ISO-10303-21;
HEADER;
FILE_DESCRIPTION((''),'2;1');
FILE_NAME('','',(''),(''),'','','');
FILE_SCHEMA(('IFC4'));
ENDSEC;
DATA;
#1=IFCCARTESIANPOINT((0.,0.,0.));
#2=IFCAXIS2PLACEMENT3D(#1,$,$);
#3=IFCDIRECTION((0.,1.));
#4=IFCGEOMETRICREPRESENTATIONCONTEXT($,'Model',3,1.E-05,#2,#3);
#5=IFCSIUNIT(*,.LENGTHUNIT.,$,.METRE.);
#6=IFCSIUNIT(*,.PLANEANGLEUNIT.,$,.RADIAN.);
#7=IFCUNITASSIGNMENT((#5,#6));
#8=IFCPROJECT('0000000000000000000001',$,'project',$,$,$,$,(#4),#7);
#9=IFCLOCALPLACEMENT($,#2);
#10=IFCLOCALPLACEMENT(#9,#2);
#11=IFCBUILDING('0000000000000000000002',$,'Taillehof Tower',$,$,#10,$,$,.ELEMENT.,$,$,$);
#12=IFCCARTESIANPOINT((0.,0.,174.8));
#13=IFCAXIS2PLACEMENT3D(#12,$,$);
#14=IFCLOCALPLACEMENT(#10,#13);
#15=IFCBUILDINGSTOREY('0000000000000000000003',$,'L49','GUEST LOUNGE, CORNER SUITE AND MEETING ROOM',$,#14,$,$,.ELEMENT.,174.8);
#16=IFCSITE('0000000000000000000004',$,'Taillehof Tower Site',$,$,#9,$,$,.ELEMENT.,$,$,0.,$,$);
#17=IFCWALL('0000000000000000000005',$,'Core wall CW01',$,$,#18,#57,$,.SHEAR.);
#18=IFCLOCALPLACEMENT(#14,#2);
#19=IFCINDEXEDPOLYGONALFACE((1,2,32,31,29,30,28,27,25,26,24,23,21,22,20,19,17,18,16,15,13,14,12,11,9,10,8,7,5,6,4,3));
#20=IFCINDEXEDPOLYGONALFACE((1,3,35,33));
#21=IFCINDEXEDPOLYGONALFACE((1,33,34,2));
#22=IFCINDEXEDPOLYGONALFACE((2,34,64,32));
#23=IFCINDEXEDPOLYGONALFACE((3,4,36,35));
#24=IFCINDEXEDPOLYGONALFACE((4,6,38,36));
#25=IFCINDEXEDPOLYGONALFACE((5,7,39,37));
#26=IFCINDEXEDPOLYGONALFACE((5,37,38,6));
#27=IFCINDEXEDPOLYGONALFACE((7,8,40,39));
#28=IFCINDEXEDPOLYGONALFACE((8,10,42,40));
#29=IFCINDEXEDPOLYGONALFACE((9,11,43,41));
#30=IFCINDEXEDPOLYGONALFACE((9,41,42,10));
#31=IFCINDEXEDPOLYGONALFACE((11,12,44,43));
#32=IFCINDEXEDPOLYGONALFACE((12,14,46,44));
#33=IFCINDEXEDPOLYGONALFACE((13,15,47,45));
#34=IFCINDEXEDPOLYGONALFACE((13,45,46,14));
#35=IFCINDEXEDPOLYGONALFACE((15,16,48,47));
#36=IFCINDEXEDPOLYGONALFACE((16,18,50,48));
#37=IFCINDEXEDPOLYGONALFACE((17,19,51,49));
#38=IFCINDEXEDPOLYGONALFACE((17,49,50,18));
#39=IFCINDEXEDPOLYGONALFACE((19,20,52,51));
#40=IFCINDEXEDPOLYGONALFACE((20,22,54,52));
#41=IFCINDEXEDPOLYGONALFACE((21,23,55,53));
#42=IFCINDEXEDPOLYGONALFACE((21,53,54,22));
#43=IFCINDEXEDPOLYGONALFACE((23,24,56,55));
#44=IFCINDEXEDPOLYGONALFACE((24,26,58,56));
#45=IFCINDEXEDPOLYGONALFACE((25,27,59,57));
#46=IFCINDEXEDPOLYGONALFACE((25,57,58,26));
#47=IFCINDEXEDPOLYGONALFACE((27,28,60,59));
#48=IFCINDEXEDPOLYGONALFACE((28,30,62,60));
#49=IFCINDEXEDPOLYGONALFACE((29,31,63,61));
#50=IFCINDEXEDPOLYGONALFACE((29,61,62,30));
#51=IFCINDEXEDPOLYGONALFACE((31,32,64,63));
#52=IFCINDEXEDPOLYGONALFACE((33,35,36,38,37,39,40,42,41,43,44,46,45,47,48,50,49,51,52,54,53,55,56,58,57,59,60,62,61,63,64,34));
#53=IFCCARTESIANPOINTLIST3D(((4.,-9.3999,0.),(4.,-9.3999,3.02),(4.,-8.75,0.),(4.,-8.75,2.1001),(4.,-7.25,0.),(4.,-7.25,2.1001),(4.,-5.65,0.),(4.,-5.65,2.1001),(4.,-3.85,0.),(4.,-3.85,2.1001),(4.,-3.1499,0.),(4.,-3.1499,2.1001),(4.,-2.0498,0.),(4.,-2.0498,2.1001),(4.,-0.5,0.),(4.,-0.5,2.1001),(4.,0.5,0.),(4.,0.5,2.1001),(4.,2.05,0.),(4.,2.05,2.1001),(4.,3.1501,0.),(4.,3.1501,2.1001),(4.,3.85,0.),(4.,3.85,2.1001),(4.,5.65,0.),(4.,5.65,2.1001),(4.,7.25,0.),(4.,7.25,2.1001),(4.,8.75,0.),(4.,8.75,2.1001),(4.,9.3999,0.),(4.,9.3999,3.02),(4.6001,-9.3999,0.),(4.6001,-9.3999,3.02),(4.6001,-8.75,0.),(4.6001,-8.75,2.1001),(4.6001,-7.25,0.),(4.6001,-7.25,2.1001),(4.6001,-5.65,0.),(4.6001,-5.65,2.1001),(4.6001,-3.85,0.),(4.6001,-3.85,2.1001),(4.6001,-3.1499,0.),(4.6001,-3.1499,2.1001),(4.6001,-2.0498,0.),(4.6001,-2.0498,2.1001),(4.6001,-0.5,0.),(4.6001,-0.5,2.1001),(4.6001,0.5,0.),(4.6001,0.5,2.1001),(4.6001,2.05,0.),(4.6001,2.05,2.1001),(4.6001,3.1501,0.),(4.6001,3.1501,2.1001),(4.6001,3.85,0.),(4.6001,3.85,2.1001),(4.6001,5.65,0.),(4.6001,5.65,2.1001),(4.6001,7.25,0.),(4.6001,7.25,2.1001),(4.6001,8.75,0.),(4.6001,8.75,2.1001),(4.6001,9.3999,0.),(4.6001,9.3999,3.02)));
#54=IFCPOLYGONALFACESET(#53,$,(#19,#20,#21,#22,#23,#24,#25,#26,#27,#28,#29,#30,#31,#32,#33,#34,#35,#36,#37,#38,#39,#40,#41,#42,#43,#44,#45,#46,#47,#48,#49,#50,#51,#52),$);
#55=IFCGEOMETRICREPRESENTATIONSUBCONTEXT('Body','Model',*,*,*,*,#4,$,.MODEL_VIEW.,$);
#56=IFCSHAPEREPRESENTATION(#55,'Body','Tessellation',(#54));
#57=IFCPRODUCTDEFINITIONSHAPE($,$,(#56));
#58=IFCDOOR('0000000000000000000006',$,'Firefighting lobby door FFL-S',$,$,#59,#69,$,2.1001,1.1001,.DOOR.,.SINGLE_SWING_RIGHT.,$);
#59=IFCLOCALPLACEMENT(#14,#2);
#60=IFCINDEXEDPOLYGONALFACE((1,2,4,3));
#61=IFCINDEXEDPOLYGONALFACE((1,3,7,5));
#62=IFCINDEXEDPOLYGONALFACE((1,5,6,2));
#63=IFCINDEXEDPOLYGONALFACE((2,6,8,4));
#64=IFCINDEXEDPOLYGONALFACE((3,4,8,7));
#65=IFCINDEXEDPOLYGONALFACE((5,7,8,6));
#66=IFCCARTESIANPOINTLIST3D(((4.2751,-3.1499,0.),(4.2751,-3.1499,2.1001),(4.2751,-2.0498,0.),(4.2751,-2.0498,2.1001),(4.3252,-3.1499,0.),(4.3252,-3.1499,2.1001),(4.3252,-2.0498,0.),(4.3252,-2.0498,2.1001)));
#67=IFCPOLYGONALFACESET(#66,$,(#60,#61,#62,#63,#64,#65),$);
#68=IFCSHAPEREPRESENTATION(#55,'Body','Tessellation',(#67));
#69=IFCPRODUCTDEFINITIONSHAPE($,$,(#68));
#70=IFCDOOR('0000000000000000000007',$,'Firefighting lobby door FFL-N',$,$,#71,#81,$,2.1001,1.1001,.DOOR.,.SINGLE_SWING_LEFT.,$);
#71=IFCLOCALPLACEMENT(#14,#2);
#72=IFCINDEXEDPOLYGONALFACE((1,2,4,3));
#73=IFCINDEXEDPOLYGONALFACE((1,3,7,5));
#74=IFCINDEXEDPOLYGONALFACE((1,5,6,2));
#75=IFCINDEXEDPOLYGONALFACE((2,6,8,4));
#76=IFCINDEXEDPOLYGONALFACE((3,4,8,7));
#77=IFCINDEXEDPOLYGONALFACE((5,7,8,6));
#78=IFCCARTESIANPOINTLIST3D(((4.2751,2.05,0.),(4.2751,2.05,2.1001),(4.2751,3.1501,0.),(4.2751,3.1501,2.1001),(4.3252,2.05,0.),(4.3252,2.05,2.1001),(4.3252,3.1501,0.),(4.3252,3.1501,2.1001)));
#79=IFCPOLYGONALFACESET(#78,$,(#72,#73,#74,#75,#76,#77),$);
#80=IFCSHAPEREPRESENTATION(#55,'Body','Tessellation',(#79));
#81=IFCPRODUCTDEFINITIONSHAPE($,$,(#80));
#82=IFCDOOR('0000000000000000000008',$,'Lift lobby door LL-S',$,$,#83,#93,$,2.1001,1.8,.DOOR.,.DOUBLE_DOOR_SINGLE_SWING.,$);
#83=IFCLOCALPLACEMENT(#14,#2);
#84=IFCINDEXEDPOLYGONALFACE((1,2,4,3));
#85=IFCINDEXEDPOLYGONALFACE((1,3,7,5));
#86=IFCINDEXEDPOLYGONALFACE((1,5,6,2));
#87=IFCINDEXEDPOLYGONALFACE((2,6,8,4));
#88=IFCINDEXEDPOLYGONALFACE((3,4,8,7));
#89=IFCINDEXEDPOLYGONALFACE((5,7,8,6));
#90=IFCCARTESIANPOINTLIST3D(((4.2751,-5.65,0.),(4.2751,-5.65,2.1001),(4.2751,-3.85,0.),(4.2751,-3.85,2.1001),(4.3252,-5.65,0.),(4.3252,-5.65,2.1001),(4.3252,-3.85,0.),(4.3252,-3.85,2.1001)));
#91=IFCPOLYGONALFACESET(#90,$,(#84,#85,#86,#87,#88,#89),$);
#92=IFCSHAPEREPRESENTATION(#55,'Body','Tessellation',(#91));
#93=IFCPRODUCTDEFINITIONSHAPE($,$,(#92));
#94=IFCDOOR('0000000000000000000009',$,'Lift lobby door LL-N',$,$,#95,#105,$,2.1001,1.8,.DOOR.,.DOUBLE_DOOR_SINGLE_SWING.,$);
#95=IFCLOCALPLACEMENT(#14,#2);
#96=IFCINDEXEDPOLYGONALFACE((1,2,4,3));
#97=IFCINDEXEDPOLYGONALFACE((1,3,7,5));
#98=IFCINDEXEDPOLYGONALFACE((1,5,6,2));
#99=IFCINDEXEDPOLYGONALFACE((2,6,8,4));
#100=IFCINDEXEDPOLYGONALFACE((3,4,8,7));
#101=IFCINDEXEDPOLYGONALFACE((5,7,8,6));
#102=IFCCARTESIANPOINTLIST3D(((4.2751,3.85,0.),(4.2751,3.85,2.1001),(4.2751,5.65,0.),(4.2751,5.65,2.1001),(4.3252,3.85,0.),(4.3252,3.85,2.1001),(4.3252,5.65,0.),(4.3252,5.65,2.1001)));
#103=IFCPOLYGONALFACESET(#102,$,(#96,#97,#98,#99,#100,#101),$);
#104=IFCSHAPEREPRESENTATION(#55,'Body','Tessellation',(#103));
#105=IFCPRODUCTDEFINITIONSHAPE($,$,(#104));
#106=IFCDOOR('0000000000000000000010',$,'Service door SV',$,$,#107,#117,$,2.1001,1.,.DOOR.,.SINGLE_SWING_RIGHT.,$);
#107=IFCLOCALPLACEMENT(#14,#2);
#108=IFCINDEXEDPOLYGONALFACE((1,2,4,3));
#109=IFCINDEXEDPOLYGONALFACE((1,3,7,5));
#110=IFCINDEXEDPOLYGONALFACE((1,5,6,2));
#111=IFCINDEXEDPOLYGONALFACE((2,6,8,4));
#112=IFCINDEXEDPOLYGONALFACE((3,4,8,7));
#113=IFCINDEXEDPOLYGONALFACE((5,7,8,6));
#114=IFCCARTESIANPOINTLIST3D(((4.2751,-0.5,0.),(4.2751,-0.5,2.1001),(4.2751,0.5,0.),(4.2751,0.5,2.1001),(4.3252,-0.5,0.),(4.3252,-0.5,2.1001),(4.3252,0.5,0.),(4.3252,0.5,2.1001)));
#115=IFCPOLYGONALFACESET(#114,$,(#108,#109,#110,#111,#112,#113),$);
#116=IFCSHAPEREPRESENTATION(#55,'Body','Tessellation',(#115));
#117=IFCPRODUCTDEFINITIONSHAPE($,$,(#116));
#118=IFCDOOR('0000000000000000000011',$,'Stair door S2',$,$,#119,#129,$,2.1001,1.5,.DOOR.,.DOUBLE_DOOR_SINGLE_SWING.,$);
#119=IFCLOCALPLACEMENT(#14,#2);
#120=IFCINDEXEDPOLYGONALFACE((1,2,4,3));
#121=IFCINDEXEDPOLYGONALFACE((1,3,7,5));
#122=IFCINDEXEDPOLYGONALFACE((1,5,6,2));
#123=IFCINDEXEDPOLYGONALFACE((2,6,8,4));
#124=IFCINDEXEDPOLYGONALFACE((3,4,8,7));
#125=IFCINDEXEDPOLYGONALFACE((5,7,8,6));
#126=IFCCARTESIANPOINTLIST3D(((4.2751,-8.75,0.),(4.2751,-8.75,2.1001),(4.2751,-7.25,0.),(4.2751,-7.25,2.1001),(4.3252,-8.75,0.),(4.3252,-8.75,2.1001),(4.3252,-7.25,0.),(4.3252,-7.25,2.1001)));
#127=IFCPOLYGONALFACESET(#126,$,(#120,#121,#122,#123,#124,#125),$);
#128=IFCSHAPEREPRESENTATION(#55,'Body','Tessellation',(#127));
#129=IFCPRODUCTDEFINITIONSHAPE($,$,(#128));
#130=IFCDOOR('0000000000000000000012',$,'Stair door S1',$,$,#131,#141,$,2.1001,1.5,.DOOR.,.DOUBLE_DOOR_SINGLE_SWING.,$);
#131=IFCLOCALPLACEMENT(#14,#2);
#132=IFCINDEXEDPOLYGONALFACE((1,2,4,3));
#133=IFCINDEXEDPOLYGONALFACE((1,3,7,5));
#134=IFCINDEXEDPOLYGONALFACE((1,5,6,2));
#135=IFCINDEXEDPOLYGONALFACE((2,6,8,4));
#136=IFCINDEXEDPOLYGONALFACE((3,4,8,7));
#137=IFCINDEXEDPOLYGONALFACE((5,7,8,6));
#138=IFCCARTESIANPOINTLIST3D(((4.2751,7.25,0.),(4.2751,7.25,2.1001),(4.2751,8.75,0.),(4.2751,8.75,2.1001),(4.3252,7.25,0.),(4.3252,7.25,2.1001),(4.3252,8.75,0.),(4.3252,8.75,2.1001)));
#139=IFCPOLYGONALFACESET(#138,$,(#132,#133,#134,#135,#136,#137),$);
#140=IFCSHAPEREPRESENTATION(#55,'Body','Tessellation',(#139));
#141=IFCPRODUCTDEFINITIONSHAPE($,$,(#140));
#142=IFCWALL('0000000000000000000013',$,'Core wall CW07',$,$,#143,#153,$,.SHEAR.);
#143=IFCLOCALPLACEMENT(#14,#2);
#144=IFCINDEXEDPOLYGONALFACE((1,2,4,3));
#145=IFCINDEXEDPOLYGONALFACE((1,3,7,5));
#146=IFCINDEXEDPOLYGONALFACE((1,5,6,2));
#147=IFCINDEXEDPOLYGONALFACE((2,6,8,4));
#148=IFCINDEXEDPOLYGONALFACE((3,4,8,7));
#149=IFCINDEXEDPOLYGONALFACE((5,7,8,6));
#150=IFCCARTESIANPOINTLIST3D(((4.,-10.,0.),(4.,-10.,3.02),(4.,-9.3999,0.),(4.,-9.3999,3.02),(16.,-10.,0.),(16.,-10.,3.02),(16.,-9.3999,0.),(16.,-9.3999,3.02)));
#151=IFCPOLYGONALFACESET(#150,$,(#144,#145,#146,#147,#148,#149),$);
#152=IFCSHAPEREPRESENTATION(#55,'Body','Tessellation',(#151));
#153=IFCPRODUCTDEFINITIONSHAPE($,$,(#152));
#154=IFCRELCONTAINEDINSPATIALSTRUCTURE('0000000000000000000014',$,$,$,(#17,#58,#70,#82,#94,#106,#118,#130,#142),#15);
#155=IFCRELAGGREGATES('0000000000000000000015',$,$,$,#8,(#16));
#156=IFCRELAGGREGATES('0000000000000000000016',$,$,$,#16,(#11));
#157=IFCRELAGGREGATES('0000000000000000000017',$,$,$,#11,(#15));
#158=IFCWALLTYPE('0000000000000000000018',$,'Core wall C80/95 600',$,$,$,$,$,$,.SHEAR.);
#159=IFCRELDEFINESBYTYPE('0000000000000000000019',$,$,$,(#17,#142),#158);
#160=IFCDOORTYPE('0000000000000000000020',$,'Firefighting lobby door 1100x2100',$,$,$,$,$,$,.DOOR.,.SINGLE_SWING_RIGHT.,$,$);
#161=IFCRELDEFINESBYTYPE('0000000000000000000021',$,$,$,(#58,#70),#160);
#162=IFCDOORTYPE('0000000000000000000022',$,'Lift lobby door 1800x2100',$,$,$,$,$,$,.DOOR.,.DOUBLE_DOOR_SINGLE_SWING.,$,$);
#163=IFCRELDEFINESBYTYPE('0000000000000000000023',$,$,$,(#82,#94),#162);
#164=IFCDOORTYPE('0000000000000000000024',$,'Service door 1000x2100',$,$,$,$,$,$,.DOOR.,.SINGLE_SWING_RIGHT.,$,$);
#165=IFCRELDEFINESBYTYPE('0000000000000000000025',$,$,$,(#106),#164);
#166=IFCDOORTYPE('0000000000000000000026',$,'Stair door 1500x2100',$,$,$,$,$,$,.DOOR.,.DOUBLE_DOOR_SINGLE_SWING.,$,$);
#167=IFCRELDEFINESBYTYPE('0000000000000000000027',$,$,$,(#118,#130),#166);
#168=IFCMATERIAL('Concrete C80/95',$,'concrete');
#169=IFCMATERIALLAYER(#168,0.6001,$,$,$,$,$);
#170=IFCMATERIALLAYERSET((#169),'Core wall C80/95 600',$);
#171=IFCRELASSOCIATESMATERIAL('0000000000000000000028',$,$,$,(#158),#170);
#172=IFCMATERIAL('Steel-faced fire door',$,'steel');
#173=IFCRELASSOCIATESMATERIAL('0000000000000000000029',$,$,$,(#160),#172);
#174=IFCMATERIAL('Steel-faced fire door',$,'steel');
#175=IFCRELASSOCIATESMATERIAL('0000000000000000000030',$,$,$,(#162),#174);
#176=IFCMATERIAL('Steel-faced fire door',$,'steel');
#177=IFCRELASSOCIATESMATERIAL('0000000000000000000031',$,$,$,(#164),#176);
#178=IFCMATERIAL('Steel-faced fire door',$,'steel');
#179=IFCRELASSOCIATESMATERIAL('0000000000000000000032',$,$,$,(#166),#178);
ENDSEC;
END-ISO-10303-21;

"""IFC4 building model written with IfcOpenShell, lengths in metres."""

from ifc_helpers import new_model, si_unit, direction, frame, frame_2d, origin, place, context, subcontext, project, spatial, rectangle, extrude, material, layer, layer_set, type_object, element, fill, save


model = new_model("IFC4")

# Units and contexts
model_context = context("Model", 3, precision=1e-05, world=origin(), true_north=direction((0.0, 1.0)))
body_context = subcontext(model_context, "Body", "Model", "MODEL_VIEW")
ifc_project = project(units=[si_unit("LENGTHUNIT", "METRE"), si_unit("PLANEANGLEUNIT", "RADIAN")], contexts=[model_context])

# Site, building, storey
site_placement = place(None, origin())
site = spatial("IfcSite", under=ifc_project, at=site_placement, Name="Taillehof Tower Site", CompositionType="ELEMENT", RefElevation=0.0)
building_placement = place(site_placement, origin())
building = spatial("IfcBuilding", under=site, at=building_placement, Name="Taillehof Tower", CompositionType="ELEMENT")
storey_placement = place(building_placement, frame((0.0, 0.0, 174.8)))
storey = spatial("IfcBuildingStorey", under=building, at=storey_placement, Name="L49", Description="GUEST LOUNGE, CORNER SUITE AND MEETING ROOM", CompositionType="ELEMENT", Elevation=174.8)

# Wall, openings, doors
ifc_material_1 = material(Name="Concrete C80/95", Category="concrete")
ifc_layer_1 = layer(ifc_material_1, 0.6001)
ifc_layer_set_1 = layer_set([ifc_layer_1], Name="Core wall C80/95 600")
wall_type_1 = type_object("IfcWallType", Name="Core wall C80/95 600", PredefinedType="SHEAR", material=ifc_layer_set_1)
wall_1_placement = place(storey_placement, frame((4.3, -9.3999, 0.0), z_axis=(0.0, 0.0, 1.0), x_axis=(0.0, 1.0, 0.0)))
wall_1 = element("IfcWall", 1, at=wall_1_placement, inside=storey, type_object=wall_type_1, Name="Core wall CW01", PredefinedType="SHEAR", context=body_context, shape_type="SweptSolid", body=[
    extrude(rectangle(XDim=18.7998, YDim=0.6001, at=frame_2d((9.3999, 0.0))), origin(), (0.0, 0.0, 1.0), 3.02),
])
opening_1_placement = place(wall_1_placement, frame((0.6499, 0.0, 0.0)))
opening_1 = element("IfcOpeningElement", 2, at=opening_1_placement, cuts=wall_1, PredefinedType="OPENING", context=body_context, shape_type="SweptSolid", body=[
    extrude(rectangle(XDim=1.5, YDim=2.1001, at=frame_2d((0.75, 1.05))), frame((0.0, 0.3101, 0.0), z_axis=(0.0, -1.0, 0.0), x_axis=(1.0, 0.0, 0.0)), (0.0, 0.0, 1.0), 0.6201),
])
opening_2_placement = place(wall_1_placement, frame((3.75, 0.0, 0.0)))
opening_2 = element("IfcOpeningElement", 3, at=opening_2_placement, cuts=wall_1, PredefinedType="OPENING", context=body_context, shape_type="SweptSolid", body=[
    extrude(rectangle(XDim=1.8, YDim=2.1001, at=frame_2d((0.8999, 1.05))), frame((0.0, 0.3101, 0.0), z_axis=(0.0, -1.0, 0.0), x_axis=(1.0, 0.0, 0.0)), (0.0, 0.0, 1.0), 0.6201),
])
opening_3_placement = place(wall_1_placement, frame((6.25, 0.0, 0.0)))
opening_3 = element("IfcOpeningElement", 4, at=opening_3_placement, cuts=wall_1, PredefinedType="OPENING", context=body_context, shape_type="SweptSolid", body=[
    extrude(rectangle(XDim=1.1001, YDim=2.1001, at=frame_2d((0.55, 1.05))), frame((0.0, 0.3101, 0.0), z_axis=(0.0, -1.0, 0.0), x_axis=(1.0, 0.0, 0.0)), (0.0, 0.0, 1.0), 0.6201),
])
opening_4_placement = place(wall_1_placement, frame((8.8999, 0.0, 0.0)))
opening_4 = element("IfcOpeningElement", 5, at=opening_4_placement, cuts=wall_1, PredefinedType="OPENING", context=body_context, shape_type="SweptSolid", body=[
    extrude(rectangle(XDim=1.0, YDim=2.1001, at=frame_2d((0.5, 1.05))), frame((0.0, 0.3101, 0.0), z_axis=(0.0, -1.0, 0.0), x_axis=(1.0, 0.0, 0.0)), (0.0, 0.0, 1.0), 0.6201),
])
opening_5_placement = place(wall_1_placement, frame((11.45, 0.0, 0.0)))
opening_5 = element("IfcOpeningElement", 6, at=opening_5_placement, cuts=wall_1, PredefinedType="OPENING", context=body_context, shape_type="SweptSolid", body=[
    extrude(rectangle(XDim=1.1001, YDim=2.1001, at=frame_2d((0.55, 1.05))), frame((0.0, 0.3101, 0.0), z_axis=(0.0, -1.0, 0.0), x_axis=(1.0, 0.0, 0.0)), (0.0, 0.0, 1.0), 0.6201),
])
opening_6_placement = place(wall_1_placement, frame((13.25, 0.0, 0.0)))
opening_6 = element("IfcOpeningElement", 7, at=opening_6_placement, cuts=wall_1, PredefinedType="OPENING", context=body_context, shape_type="SweptSolid", body=[
    extrude(rectangle(XDim=1.8, YDim=2.1001, at=frame_2d((0.8999, 1.05))), frame((0.0, 0.3101, 0.0), z_axis=(0.0, -1.0, 0.0), x_axis=(1.0, 0.0, 0.0)), (0.0, 0.0, 1.0), 0.6201),
])
opening_7_placement = place(wall_1_placement, frame((16.6499, 0.0, 0.0)))
opening_7 = element("IfcOpeningElement", 8, at=opening_7_placement, cuts=wall_1, PredefinedType="OPENING", context=body_context, shape_type="SweptSolid", body=[
    extrude(rectangle(XDim=1.5, YDim=2.1001, at=frame_2d((0.75, 1.05))), frame((0.0, 0.3101, 0.0), z_axis=(0.0, -1.0, 0.0), x_axis=(1.0, 0.0, 0.0)), (0.0, 0.0, 1.0), 0.6201),
])
ifc_material_2 = material(Name="Steel-faced fire door", Category="steel")
door_type_1 = type_object("IfcDoorType", Name="Firefighting lobby door 1100x2100", OperationType="SINGLE_SWING_RIGHT", PredefinedType="DOOR", material=ifc_material_2)
door_1_placement = place(opening_3_placement, origin())
door_1 = element("IfcDoor", 9, at=door_1_placement, inside=storey, type_object=door_type_1, Name="Firefighting lobby door FFL-S", OperationType="SINGLE_SWING_RIGHT", OverallHeight=2.1001, OverallWidth=1.1001, PredefinedType="DOOR", context=body_context, shape_type="SweptSolid", body=[
    extrude(rectangle(XDim=1.1001, YDim=2.1001, at=frame_2d((0.55, 1.05))), frame((0.0, 0.0249, 0.0), z_axis=(0.0, -1.0, 0.0), x_axis=(1.0, 0.0, 0.0)), (0.0, 0.0, 1.0), 0.05),
])
fill(opening_3, door_1)
door_2_placement = place(opening_5_placement, origin())
door_2 = element("IfcDoor", 10, at=door_2_placement, inside=storey, type_object=door_type_1, Name="Firefighting lobby door FFL-N", OperationType="SINGLE_SWING_LEFT", OverallHeight=2.1001, OverallWidth=1.1001, PredefinedType="DOOR", context=body_context, shape_type="SweptSolid", body=[
    extrude(rectangle(XDim=1.1001, YDim=2.1001, at=frame_2d((0.55, 1.05))), frame((0.0, 0.0249, 0.0), z_axis=(0.0, -1.0, 0.0), x_axis=(1.0, 0.0, 0.0)), (0.0, 0.0, 1.0), 0.05),
])
fill(opening_5, door_2)
ifc_material_3 = material(Name="Steel-faced fire door", Category="steel")
door_type_2 = type_object("IfcDoorType", Name="Lift lobby door 1800x2100", OperationType="DOUBLE_DOOR_SINGLE_SWING", PredefinedType="DOOR", material=ifc_material_3)
door_3_placement = place(opening_2_placement, origin())
door_3 = element("IfcDoor", 11, at=door_3_placement, inside=storey, type_object=door_type_2, Name="Lift lobby door LL-S", OperationType="DOUBLE_DOOR_SINGLE_SWING", OverallHeight=2.1001, OverallWidth=1.8, PredefinedType="DOOR", context=body_context, shape_type="SweptSolid", body=[
    extrude(rectangle(XDim=1.8, YDim=2.1001, at=frame_2d((0.8999, 1.05))), frame((0.0, 0.0249, 0.0), z_axis=(0.0, -1.0, 0.0), x_axis=(1.0, 0.0, 0.0)), (0.0, 0.0, 1.0), 0.05),
])
fill(opening_2, door_3)
door_4_placement = place(opening_6_placement, origin())
door_4 = element("IfcDoor", 12, at=door_4_placement, inside=storey, type_object=door_type_2, Name="Lift lobby door LL-N", OperationType="DOUBLE_DOOR_SINGLE_SWING", OverallHeight=2.1001, OverallWidth=1.8, PredefinedType="DOOR", context=body_context, shape_type="SweptSolid", body=[
    extrude(rectangle(XDim=1.8, YDim=2.1001, at=frame_2d((0.8999, 1.05))), frame((0.0, 0.0249, 0.0), z_axis=(0.0, -1.0, 0.0), x_axis=(1.0, 0.0, 0.0)), (0.0, 0.0, 1.0), 0.05),
])
fill(opening_6, door_4)
ifc_material_4 = material(Name="Steel-faced fire door", Category="steel")
door_type_3 = type_object("IfcDoorType", Name="Service door 1000x2100", OperationType="SINGLE_SWING_RIGHT", PredefinedType="DOOR", material=ifc_material_4)
door_5_placement = place(opening_4_placement, origin())
door_5 = element("IfcDoor", 13, at=door_5_placement, inside=storey, type_object=door_type_3, Name="Service door SV", OperationType="SINGLE_SWING_RIGHT", OverallHeight=2.1001, OverallWidth=1.0, PredefinedType="DOOR", context=body_context, shape_type="SweptSolid", body=[
    extrude(rectangle(XDim=1.0, YDim=2.1001, at=frame_2d((0.5, 1.05))), frame((0.0, 0.0249, 0.0), z_axis=(0.0, -1.0, 0.0), x_axis=(1.0, 0.0, 0.0)), (0.0, 0.0, 1.0), 0.05),
])
fill(opening_4, door_5)
ifc_material_5 = material(Name="Steel-faced fire door", Category="steel")
door_type_4 = type_object("IfcDoorType", Name="Stair door 1500x2100", OperationType="DOUBLE_DOOR_SINGLE_SWING", PredefinedType="DOOR", material=ifc_material_5)
door_6_placement = place(opening_1_placement, origin())
door_6 = element("IfcDoor", 14, at=door_6_placement, inside=storey, type_object=door_type_4, Name="Stair door S2", OperationType="DOUBLE_DOOR_SINGLE_SWING", OverallHeight=2.1001, OverallWidth=1.5, PredefinedType="DOOR", context=body_context, shape_type="SweptSolid", body=[
    extrude(rectangle(XDim=1.5, YDim=2.1001, at=frame_2d((0.75, 1.05))), frame((0.0, 0.0249, 0.0), z_axis=(0.0, -1.0, 0.0), x_axis=(1.0, 0.0, 0.0)), (0.0, 0.0, 1.0), 0.05),
])
fill(opening_1, door_6)
door_7_placement = place(opening_7_placement, origin())
door_7 = element("IfcDoor", 15, at=door_7_placement, inside=storey, type_object=door_type_4, Name="Stair door S1", OperationType="DOUBLE_DOOR_SINGLE_SWING", OverallHeight=2.1001, OverallWidth=1.5, PredefinedType="DOOR", context=body_context, shape_type="SweptSolid", body=[
    extrude(rectangle(XDim=1.5, YDim=2.1001, at=frame_2d((0.75, 1.05))), frame((0.0, 0.0249, 0.0), z_axis=(0.0, -1.0, 0.0), x_axis=(1.0, 0.0, 0.0)), (0.0, 0.0, 1.0), 0.05),
])
fill(opening_7, door_7)

# Wall
wall_2_placement = place(storey_placement, frame((4.0, -9.7, 0.0), z_axis=(0.0, 0.0, 1.0), x_axis=(1.0, 0.0, 0.0)))
element("IfcWall", 16, at=wall_2_placement, inside=storey, type_object=wall_type_1, Name="Core wall CW07", PredefinedType="SHEAR", context=body_context, shape_type="SweptSolid", body=[
    extrude(rectangle(XDim=12.0, YDim=0.6001, at=frame_2d((6.0, 0.0))), origin(), (0.0, 0.0, 1.0), 3.02),
])

save(model, "model.ifc")
